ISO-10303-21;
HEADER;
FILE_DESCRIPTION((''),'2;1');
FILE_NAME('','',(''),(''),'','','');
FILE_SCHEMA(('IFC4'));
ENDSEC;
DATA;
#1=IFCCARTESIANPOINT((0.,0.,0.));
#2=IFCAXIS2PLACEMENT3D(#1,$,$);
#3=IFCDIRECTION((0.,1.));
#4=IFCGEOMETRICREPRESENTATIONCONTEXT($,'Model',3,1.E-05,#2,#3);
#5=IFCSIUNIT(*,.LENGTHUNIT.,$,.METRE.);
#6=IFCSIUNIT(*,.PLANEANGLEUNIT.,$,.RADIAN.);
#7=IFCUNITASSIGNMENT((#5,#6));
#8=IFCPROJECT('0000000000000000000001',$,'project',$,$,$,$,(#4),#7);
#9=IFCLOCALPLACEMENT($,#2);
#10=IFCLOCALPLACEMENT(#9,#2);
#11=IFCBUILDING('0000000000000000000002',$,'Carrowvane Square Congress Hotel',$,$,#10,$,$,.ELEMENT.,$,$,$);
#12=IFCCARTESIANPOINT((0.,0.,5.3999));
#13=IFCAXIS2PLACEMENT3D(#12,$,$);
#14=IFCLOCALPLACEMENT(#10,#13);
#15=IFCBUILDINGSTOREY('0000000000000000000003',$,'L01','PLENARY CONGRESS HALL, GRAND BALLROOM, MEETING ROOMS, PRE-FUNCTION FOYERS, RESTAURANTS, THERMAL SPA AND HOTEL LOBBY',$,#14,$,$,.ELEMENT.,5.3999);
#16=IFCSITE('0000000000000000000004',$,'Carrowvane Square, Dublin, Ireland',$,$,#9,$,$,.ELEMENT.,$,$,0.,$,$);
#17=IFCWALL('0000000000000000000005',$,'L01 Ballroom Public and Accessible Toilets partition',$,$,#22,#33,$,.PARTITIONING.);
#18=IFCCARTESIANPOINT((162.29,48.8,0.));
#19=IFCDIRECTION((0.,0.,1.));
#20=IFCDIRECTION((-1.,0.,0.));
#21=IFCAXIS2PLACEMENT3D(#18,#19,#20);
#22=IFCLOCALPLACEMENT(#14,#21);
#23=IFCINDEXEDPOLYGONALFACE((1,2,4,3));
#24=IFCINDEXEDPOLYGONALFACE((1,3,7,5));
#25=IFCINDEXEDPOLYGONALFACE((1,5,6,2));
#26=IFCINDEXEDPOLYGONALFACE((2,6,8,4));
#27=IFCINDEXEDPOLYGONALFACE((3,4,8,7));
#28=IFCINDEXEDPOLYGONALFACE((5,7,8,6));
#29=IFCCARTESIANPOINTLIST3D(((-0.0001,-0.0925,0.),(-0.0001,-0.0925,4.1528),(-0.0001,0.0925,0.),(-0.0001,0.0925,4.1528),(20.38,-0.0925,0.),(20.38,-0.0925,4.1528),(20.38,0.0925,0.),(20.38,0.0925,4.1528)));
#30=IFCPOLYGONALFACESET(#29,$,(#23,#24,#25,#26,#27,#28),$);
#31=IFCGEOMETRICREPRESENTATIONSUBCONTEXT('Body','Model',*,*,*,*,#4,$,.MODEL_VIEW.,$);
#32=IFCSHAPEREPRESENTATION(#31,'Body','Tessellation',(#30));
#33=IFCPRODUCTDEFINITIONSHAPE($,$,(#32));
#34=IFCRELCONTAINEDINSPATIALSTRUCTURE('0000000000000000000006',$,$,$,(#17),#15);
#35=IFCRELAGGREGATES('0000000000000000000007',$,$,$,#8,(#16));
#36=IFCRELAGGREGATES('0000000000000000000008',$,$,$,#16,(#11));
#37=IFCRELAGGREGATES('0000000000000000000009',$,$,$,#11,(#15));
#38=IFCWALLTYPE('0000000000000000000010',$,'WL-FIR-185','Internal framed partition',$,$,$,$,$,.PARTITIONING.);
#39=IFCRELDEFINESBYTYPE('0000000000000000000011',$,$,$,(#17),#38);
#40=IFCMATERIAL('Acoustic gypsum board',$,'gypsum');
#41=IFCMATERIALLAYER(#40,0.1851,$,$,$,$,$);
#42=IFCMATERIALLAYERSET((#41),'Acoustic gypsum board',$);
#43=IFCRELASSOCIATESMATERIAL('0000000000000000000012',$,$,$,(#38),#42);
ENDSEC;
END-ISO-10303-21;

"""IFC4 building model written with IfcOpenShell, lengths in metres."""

from ifc_helpers import new_model, si_unit, direction, frame, frame_2d, origin, place, context, subcontext, project, spatial, rectangle, extrude, material, layer, layer_set, type_object, element, save


model = new_model("IFC4")

# Units and contexts
model_context = context("Model", 3, precision=1e-05, world=origin(), true_north=direction((0.0, 1.0)))
body_context = subcontext(model_context, "Body", "Model", "MODEL_VIEW")
ifc_project = project(units=[si_unit("LENGTHUNIT", "METRE"), si_unit("PLANEANGLEUNIT", "RADIAN")], contexts=[model_context])

# Site, building, storey
site_placement = place(None, origin())
site = spatial("IfcSite", under=ifc_project, at=site_placement, Name="Carrowvane Square, Dublin, Ireland", CompositionType="ELEMENT", RefElevation=0.0)
building_placement = place(site_placement, origin())
building = spatial("IfcBuilding", under=site, at=building_placement, Name="Carrowvane Square Congress Hotel", CompositionType="ELEMENT")
storey_placement = place(building_placement, frame((0.0, 0.0, 5.3999)))
storey = spatial("IfcBuildingStorey", under=building, at=storey_placement, Name="L01", Description="PLENARY CONGRESS HALL, GRAND BALLROOM, MEETING ROOMS, PRE-FUNCTION FOYERS, RESTAURANTS, THERMAL SPA AND HOTEL LOBBY", CompositionType="ELEMENT", Elevation=5.3999)

# Wall
ifc_material_1 = material(Name="Acoustic gypsum board", Category="gypsum")
ifc_layer_1 = layer(ifc_material_1, 0.1851)
ifc_layer_set_1 = layer_set([ifc_layer_1], Name="Acoustic gypsum board")
wall_type_1 = type_object("IfcWallType", Name="WL-FIR-185", Description="Internal framed partition", PredefinedType="PARTITIONING", material=ifc_layer_set_1)
wall_1_placement = place(storey_placement, frame((162.29, 48.8, 0.0), z_axis=(0.0, 0.0, 1.0), x_axis=(-1.0, 0.0, 0.0)))
element("IfcWall", 1, at=wall_1_placement, inside=storey, type_object=wall_type_1, Name="L01 Ballroom Public and Accessible Toilets partition", PredefinedType="PARTITIONING", context=body_context, shape_type="SweptSolid", body=[
    extrude(rectangle(XDim=20.3801, YDim=0.1851, at=frame_2d((10.1899, 0.0))), origin(), (0.0, 0.0, 1.0), 4.1528),
])

save(model, "model.ifc")
